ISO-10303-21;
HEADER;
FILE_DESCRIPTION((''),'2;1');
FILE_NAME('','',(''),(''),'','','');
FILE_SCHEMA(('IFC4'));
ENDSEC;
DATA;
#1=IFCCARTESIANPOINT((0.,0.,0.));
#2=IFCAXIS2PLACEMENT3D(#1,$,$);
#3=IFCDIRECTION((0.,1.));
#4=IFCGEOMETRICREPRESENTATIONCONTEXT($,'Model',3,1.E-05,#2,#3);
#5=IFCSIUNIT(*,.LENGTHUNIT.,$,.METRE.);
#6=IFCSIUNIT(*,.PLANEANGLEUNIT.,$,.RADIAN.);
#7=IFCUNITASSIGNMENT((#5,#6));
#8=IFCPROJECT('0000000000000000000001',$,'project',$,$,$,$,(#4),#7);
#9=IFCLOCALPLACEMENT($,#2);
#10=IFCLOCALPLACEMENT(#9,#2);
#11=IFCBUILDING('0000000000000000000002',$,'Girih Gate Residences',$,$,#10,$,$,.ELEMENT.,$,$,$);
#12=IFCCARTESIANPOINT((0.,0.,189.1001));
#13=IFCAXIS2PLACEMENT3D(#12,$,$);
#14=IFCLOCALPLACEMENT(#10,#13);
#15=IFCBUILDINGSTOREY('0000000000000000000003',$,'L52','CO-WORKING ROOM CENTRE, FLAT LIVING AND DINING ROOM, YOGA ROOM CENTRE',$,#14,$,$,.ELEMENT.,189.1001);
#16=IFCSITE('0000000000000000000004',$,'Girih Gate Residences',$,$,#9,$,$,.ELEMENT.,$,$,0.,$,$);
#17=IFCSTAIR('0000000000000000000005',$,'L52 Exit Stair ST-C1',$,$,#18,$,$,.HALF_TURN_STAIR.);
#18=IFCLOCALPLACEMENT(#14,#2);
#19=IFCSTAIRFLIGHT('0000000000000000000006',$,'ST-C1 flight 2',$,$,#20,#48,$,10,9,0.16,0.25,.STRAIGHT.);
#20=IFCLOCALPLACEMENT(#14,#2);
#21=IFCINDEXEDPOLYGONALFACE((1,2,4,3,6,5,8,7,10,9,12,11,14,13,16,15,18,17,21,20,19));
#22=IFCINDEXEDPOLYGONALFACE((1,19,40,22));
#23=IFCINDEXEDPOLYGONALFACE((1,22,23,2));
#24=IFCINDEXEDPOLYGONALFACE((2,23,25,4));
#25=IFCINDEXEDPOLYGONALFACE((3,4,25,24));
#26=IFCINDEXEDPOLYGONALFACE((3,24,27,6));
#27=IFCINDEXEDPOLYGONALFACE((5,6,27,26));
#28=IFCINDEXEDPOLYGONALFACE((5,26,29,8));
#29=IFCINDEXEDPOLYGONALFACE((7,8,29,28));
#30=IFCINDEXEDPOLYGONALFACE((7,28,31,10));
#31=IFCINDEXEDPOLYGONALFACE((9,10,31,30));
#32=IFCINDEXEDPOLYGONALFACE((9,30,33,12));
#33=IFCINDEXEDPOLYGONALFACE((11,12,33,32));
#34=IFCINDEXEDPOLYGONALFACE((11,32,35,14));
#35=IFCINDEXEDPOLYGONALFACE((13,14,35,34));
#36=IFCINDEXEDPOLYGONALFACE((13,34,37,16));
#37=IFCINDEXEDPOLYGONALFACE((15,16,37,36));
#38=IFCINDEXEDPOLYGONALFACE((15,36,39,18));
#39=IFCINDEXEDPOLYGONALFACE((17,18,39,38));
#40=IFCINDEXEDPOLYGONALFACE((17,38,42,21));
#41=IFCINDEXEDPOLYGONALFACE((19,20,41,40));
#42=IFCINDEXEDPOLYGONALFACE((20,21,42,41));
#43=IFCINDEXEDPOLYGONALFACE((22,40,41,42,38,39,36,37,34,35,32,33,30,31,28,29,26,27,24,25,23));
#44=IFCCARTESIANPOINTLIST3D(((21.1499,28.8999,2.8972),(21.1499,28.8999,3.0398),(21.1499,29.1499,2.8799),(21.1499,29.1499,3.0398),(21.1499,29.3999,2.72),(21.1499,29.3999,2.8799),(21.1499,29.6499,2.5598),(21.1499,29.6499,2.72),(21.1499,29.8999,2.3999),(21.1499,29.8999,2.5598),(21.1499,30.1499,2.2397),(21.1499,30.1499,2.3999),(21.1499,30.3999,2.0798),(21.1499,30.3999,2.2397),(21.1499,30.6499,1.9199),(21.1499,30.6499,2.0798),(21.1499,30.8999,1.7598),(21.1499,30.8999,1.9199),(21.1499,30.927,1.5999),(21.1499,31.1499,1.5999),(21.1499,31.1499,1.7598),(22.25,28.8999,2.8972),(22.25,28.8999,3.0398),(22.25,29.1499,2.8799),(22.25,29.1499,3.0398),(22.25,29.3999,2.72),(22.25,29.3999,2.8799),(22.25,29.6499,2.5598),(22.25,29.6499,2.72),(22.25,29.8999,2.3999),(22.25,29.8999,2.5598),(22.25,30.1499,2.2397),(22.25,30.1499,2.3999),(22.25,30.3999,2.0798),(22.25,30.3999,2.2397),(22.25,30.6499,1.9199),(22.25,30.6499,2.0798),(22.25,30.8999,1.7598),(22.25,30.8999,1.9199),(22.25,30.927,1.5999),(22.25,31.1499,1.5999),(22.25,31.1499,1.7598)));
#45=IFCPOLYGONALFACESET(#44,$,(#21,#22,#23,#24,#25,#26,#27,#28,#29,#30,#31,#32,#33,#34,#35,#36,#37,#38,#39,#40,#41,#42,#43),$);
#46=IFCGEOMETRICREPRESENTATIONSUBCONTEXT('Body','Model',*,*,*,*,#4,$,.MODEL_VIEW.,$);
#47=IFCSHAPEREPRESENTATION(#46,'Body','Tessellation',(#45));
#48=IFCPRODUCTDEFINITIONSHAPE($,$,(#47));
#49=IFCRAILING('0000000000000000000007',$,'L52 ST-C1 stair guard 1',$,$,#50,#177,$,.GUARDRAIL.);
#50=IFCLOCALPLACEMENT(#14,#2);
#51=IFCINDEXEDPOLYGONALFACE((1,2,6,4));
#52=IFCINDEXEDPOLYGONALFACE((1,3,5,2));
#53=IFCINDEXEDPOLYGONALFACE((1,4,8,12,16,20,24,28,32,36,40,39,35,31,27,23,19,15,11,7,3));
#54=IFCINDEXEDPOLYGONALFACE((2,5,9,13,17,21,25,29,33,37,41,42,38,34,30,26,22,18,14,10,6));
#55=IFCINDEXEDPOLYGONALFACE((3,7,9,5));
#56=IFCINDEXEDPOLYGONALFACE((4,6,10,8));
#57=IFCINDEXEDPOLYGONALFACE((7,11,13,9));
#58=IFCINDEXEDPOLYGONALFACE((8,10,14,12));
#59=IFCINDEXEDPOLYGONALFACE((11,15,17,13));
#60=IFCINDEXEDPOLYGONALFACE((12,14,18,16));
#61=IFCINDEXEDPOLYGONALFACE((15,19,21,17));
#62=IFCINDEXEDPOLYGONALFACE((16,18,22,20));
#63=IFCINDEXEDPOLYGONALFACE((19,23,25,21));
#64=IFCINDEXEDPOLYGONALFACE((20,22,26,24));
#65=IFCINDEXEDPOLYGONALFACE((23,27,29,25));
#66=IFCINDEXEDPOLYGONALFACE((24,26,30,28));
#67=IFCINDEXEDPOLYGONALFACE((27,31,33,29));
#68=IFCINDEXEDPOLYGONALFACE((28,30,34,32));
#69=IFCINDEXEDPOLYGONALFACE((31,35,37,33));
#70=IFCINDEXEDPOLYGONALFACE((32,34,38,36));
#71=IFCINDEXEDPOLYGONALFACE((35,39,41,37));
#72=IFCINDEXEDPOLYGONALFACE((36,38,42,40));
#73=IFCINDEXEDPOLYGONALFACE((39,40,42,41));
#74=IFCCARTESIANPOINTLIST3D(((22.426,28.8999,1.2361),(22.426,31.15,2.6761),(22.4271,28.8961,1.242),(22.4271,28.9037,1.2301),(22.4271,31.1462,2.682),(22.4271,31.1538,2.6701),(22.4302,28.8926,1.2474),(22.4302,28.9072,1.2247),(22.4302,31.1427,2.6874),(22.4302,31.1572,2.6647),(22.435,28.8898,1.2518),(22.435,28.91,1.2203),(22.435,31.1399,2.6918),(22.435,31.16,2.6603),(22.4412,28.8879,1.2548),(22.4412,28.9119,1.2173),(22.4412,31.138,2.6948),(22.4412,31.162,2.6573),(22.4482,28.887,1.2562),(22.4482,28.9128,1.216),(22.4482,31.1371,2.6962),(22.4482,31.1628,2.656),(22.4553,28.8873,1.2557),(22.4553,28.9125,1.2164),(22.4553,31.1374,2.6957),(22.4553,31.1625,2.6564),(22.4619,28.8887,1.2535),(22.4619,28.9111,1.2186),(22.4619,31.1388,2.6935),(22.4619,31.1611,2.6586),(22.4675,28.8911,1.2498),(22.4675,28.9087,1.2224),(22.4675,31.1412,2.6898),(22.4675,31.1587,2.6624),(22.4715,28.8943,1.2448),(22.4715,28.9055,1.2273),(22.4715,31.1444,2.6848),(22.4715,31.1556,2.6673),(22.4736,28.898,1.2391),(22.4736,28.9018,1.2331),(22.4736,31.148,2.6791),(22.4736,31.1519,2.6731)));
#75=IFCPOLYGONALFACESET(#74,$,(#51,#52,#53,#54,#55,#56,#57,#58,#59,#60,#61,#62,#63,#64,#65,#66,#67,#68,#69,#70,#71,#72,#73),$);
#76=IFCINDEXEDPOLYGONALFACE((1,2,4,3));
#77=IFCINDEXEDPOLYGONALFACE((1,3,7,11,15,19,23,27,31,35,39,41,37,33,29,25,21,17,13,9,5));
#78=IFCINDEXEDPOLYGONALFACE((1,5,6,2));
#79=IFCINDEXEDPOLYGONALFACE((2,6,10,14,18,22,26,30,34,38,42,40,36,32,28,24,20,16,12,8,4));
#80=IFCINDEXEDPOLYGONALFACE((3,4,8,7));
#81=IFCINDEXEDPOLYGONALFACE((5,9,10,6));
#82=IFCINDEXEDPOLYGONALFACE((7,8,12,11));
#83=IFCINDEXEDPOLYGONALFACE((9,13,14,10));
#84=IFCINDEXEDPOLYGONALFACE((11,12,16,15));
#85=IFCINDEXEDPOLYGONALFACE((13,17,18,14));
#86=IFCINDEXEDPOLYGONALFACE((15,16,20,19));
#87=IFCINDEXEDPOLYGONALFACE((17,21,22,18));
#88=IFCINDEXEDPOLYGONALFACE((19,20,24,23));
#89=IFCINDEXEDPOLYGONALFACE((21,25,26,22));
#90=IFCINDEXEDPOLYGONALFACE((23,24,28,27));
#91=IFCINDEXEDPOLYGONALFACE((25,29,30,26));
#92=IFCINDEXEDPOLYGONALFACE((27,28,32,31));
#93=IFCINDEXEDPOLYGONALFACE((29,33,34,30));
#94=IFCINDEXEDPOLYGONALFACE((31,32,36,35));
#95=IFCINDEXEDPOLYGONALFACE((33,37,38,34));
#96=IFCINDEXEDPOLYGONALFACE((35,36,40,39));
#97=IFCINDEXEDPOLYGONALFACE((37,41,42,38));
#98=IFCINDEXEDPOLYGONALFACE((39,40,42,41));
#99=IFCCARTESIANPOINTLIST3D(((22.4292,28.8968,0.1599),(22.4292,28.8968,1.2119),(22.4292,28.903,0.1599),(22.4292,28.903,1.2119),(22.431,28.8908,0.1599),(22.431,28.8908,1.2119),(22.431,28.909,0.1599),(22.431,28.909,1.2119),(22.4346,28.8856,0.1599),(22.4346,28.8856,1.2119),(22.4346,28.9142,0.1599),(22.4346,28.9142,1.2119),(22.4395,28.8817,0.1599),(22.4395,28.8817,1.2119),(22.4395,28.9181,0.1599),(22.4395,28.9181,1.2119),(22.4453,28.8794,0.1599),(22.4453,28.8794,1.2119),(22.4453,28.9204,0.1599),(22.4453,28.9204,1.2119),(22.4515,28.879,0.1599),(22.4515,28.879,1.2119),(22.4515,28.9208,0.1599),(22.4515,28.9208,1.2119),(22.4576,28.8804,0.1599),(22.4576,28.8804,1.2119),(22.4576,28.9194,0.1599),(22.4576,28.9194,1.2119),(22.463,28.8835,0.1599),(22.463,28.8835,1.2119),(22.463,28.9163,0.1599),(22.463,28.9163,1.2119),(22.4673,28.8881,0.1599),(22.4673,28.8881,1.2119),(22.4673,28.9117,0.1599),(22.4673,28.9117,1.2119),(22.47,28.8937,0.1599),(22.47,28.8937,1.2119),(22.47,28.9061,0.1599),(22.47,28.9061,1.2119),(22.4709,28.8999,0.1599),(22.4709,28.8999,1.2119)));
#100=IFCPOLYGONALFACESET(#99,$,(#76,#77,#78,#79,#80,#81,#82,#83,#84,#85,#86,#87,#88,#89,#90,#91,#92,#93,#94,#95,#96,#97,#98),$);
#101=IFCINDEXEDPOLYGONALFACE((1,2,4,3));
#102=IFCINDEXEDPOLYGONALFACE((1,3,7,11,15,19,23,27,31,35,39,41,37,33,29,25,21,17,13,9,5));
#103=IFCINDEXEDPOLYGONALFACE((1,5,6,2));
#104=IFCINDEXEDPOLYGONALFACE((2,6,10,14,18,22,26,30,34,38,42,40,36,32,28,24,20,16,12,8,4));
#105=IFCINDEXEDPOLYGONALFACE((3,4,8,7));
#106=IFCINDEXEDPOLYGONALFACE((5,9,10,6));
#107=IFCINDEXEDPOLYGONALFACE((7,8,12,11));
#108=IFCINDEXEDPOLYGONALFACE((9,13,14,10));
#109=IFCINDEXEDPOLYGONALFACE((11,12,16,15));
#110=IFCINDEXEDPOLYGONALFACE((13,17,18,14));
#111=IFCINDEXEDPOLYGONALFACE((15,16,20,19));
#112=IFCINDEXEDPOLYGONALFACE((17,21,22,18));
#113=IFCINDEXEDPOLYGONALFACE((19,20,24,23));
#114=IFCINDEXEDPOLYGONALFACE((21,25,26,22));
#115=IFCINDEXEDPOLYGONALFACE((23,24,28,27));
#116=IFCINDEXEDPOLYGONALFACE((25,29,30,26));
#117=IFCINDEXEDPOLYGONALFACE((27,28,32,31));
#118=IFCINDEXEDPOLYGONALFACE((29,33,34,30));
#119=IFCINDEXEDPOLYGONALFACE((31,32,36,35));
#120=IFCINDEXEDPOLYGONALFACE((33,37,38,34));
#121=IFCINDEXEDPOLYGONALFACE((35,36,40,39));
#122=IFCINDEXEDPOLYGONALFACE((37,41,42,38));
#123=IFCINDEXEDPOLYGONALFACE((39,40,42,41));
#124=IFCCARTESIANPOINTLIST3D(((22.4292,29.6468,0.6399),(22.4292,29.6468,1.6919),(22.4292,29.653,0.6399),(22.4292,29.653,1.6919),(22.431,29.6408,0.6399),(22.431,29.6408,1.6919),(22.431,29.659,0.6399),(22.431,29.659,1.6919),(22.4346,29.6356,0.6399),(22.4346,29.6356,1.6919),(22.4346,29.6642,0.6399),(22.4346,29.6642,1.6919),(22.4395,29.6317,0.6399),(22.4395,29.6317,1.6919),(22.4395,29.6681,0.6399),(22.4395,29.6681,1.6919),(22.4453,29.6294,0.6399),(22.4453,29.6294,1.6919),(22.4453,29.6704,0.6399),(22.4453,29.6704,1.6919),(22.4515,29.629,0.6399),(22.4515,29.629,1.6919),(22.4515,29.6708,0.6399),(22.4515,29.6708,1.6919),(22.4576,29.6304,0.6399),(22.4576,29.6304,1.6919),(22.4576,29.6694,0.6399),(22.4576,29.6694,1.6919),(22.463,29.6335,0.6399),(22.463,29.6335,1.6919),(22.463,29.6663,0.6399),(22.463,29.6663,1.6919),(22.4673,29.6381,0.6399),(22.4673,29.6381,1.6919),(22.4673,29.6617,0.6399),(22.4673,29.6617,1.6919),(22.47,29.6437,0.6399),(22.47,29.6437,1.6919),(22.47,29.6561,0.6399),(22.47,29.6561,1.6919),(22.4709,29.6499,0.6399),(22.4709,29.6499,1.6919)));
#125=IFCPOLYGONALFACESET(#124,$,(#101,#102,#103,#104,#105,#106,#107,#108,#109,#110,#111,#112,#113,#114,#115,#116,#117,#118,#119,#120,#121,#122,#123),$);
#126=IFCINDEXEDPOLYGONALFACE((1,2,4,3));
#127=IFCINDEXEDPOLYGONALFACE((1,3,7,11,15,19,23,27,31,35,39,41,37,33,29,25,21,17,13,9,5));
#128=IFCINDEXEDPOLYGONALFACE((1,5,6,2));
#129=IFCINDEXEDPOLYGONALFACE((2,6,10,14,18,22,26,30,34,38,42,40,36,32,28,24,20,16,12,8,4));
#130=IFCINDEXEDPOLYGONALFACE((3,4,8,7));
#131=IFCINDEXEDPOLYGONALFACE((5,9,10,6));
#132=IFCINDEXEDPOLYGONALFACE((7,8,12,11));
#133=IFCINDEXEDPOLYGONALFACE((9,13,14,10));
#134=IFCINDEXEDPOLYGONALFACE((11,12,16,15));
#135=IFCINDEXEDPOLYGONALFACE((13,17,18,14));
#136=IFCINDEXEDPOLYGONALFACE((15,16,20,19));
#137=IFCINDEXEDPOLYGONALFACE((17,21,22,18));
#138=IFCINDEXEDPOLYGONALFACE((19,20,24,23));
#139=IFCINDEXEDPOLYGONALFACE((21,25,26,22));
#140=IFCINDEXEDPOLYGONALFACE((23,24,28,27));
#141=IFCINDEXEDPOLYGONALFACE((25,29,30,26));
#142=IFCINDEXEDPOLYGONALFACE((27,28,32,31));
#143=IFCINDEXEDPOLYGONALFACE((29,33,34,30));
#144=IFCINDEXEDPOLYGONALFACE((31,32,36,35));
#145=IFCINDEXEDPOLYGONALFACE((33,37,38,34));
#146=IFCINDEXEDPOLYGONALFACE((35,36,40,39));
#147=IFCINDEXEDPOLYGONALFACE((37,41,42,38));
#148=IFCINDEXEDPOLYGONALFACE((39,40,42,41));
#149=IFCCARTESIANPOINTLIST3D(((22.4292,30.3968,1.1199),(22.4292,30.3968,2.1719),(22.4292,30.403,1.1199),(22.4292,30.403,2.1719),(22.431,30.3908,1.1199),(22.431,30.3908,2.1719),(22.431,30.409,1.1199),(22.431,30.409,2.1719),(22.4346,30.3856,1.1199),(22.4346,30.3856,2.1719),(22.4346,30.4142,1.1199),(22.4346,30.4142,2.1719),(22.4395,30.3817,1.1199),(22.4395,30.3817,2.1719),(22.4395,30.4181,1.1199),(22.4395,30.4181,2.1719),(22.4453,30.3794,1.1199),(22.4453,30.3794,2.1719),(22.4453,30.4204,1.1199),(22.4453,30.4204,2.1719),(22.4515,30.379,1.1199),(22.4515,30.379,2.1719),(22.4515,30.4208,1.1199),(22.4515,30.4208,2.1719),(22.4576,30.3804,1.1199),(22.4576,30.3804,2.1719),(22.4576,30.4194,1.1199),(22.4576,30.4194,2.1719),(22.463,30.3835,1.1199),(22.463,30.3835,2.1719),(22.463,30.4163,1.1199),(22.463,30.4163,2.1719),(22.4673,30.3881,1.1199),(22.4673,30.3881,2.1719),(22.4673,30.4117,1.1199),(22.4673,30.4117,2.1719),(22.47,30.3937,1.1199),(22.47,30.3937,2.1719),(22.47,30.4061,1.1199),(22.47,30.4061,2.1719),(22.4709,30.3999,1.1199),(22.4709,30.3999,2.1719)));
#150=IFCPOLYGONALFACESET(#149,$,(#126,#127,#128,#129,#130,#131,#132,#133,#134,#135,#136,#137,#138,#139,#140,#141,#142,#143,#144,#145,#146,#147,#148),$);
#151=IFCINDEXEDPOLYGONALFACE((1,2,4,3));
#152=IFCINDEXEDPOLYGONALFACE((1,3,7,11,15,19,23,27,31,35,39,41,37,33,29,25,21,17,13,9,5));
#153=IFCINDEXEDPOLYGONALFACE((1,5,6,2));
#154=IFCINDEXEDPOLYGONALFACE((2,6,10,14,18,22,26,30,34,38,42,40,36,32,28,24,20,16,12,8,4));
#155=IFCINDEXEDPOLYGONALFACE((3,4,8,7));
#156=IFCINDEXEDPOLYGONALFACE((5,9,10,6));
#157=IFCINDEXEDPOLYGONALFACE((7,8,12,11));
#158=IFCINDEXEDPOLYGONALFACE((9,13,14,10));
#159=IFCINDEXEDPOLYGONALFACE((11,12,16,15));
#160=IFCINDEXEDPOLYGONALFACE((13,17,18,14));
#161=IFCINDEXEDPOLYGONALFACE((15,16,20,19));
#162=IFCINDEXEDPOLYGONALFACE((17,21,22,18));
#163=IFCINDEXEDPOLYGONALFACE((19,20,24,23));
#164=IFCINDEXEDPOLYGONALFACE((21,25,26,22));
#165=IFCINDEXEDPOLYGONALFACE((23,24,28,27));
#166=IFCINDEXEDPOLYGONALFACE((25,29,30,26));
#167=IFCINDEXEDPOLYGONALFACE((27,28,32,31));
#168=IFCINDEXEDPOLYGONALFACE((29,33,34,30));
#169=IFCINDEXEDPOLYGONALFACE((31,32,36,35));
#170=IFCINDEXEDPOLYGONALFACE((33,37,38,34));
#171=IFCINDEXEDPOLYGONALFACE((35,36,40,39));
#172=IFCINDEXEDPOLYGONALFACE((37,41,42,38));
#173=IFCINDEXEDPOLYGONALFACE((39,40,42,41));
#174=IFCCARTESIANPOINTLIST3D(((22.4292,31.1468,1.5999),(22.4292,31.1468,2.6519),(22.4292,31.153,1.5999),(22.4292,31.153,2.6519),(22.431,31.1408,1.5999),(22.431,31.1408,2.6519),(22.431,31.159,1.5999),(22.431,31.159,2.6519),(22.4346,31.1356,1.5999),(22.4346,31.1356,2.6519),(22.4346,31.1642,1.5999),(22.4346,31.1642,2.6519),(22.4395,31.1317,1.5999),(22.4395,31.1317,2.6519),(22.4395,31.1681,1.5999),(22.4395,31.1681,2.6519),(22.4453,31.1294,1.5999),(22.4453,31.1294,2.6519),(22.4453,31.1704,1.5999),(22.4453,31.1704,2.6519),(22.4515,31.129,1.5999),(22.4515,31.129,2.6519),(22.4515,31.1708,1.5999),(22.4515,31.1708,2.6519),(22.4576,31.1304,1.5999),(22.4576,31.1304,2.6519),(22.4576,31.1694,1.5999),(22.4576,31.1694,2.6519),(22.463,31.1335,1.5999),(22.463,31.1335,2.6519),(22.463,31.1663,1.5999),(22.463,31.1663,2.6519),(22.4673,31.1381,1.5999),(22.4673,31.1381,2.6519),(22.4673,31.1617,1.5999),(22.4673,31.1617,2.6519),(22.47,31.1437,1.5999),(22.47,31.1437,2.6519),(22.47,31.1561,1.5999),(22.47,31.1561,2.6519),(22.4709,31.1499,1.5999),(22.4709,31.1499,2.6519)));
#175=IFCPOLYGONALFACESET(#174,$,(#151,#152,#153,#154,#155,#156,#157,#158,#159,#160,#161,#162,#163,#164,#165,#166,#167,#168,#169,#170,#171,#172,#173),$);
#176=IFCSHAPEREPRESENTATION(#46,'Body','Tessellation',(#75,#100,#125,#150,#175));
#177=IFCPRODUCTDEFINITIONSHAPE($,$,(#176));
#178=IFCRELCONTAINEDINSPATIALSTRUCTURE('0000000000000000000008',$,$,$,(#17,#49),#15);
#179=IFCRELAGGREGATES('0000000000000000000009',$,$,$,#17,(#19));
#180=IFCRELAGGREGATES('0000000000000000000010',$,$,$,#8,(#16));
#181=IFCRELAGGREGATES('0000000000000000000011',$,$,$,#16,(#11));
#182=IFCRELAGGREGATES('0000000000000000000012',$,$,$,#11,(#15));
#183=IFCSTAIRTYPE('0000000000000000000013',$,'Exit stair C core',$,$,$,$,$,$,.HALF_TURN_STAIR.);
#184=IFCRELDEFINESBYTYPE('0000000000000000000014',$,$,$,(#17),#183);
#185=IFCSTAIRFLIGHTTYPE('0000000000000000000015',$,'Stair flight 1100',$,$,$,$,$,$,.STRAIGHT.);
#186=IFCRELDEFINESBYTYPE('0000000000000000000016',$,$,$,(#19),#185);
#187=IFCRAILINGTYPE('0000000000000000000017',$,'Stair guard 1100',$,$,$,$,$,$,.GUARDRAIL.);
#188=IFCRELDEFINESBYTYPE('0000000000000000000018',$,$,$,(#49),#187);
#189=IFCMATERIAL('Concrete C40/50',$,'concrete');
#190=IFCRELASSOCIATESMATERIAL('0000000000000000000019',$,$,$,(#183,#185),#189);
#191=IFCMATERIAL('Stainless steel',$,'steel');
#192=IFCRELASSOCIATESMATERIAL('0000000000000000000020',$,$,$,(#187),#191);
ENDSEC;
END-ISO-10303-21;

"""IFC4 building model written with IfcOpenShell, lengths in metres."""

from ifc_helpers import new_model, si_unit, direction, frame, origin, origin_2d, place, context, subcontext, project, spatial, polyline, circle, outline, extrude, material, type_object, element, aggregate, save


model = new_model("IFC4")

# Units and contexts
model_context = context("Model", 3, precision=1e-05, world=origin(), true_north=direction((0.0, 1.0)))
body_context = subcontext(model_context, "Body", "Model", "MODEL_VIEW")
ifc_project = project(units=[si_unit("LENGTHUNIT", "METRE"), si_unit("PLANEANGLEUNIT", "RADIAN")], contexts=[model_context])

# Site, building, storey
site_placement = place(None, origin())
site = spatial("IfcSite", under=ifc_project, at=site_placement, Name="Girih Gate Residences", CompositionType="ELEMENT", RefElevation=0.0)
building_placement = place(site_placement, origin())
building = spatial("IfcBuilding", under=site, at=building_placement, Name="Girih Gate Residences", CompositionType="ELEMENT")
storey_placement = place(building_placement, frame((0.0, 0.0, 189.1001)))
storey = spatial("IfcBuildingStorey", under=building, at=storey_placement, Name="L52", Description="CO-WORKING ROOM CENTRE, FLAT LIVING AND DINING ROOM, YOGA ROOM CENTRE", CompositionType="ELEMENT", Elevation=189.1001)

# Shared definitions
ifc_material_1 = material(Name="Concrete C40/50", Category="concrete")

# Stair, stair flight
stair_type = type_object("IfcStairType", Name="Exit stair C core", PredefinedType="HALF_TURN_STAIR", material=ifc_material_1)
stair_placement = place(storey_placement, origin())
stair = element("IfcStair", 1, at=stair_placement, inside=storey, type_object=stair_type, Name="L52 Exit Stair ST-C1", PredefinedType="HALF_TURN_STAIR")
stair_flight_type = type_object("IfcStairFlightType", Name="Stair flight 1100", PredefinedType="STRAIGHT", material=ifc_material_1)
stair_flight_1_placement = place(storey_placement, frame((21.7, 31.1499, 1.5999), z_axis=(0.0, 0.0, 1.0), x_axis=(0.0, -1.0, 0.0)))
stair_flight_1 = element("IfcStairFlight", 2, at=stair_flight_1_placement, type_object=stair_flight_type, Name="ST-C1 flight 2", NumberOfRisers=10, NumberOfTreads=9, PredefinedType="STRAIGHT", RiserHeight=0.16, TreadLength=0.25, context=body_context, shape_type="SweptSolid", body=[
    extrude(outline(polyline([(0.0, 0.0), (0.0, 0.1599), (0.25, 0.1599), (0.25, 0.3201), (0.5, 0.3201), (0.5, 0.48), (0.75, 0.48), (0.75, 0.6399), (1.0, 0.6399), (1.0, 0.8), (1.25, 0.8), (1.25, 0.96), (1.5, 0.96), (1.5, 1.1201), (1.75, 1.1201), (1.75, 1.28), (2.0, 1.28), (2.0, 1.4399), (2.25, 1.4399), (2.25, 1.6001), (2.25, 1.2974), (0.2229, 0.0), (0.0, 0.0)])), frame((0.0, 0.55, 0.0), z_axis=(0.0, -1.0, 0.0), x_axis=(1.0, 0.0, 0.0)), (0.0, 0.0, 1.0), 1.1001),
])
aggregate(stair, [stair_flight_1])

# Railing
ifc_material_2 = material(Name="Stainless steel", Category="steel")
railing_type_1 = type_object("IfcRailingType", Name="Stair guard 1100", PredefinedType="GUARDRAIL", material=ifc_material_2)
railing_1_placement = place(storey_placement, frame((22.45, 28.8999, 0.1599)))
element("IfcRailing", 3, at=railing_1_placement, inside=storey, type_object=railing_type_1, Name="L52 ST-C1 stair guard 1", PredefinedType="GUARDRAIL", context=body_context, shape_type="SweptSolid", body=[
    extrude(circle(Radius=0.0239, at=origin_2d()), frame((0.0, 0.0, 1.0762), z_axis=(0.0, 0.842281, 0.539038), x_axis=(-1.0, 0.0, 0.0)), (0.0, 0.0, 1.0), 2.6714),
    extrude(circle(Radius=0.021, at=origin_2d()), origin(), (0.0, 0.0, 1.0), 1.052),
    extrude(circle(Radius=0.021, at=origin_2d()), frame((0.0, 0.75, 0.48)), (0.0, 0.0, 1.0), 1.052),
    extrude(circle(Radius=0.021, at=origin_2d()), frame((0.0, 1.5, 0.96)), (0.0, 0.0, 1.0), 1.052),
    extrude(circle(Radius=0.021, at=origin_2d()), frame((0.0, 2.25, 1.4399)), (0.0, 0.0, 1.0), 1.052),
])

save(model, "model.ifc")
